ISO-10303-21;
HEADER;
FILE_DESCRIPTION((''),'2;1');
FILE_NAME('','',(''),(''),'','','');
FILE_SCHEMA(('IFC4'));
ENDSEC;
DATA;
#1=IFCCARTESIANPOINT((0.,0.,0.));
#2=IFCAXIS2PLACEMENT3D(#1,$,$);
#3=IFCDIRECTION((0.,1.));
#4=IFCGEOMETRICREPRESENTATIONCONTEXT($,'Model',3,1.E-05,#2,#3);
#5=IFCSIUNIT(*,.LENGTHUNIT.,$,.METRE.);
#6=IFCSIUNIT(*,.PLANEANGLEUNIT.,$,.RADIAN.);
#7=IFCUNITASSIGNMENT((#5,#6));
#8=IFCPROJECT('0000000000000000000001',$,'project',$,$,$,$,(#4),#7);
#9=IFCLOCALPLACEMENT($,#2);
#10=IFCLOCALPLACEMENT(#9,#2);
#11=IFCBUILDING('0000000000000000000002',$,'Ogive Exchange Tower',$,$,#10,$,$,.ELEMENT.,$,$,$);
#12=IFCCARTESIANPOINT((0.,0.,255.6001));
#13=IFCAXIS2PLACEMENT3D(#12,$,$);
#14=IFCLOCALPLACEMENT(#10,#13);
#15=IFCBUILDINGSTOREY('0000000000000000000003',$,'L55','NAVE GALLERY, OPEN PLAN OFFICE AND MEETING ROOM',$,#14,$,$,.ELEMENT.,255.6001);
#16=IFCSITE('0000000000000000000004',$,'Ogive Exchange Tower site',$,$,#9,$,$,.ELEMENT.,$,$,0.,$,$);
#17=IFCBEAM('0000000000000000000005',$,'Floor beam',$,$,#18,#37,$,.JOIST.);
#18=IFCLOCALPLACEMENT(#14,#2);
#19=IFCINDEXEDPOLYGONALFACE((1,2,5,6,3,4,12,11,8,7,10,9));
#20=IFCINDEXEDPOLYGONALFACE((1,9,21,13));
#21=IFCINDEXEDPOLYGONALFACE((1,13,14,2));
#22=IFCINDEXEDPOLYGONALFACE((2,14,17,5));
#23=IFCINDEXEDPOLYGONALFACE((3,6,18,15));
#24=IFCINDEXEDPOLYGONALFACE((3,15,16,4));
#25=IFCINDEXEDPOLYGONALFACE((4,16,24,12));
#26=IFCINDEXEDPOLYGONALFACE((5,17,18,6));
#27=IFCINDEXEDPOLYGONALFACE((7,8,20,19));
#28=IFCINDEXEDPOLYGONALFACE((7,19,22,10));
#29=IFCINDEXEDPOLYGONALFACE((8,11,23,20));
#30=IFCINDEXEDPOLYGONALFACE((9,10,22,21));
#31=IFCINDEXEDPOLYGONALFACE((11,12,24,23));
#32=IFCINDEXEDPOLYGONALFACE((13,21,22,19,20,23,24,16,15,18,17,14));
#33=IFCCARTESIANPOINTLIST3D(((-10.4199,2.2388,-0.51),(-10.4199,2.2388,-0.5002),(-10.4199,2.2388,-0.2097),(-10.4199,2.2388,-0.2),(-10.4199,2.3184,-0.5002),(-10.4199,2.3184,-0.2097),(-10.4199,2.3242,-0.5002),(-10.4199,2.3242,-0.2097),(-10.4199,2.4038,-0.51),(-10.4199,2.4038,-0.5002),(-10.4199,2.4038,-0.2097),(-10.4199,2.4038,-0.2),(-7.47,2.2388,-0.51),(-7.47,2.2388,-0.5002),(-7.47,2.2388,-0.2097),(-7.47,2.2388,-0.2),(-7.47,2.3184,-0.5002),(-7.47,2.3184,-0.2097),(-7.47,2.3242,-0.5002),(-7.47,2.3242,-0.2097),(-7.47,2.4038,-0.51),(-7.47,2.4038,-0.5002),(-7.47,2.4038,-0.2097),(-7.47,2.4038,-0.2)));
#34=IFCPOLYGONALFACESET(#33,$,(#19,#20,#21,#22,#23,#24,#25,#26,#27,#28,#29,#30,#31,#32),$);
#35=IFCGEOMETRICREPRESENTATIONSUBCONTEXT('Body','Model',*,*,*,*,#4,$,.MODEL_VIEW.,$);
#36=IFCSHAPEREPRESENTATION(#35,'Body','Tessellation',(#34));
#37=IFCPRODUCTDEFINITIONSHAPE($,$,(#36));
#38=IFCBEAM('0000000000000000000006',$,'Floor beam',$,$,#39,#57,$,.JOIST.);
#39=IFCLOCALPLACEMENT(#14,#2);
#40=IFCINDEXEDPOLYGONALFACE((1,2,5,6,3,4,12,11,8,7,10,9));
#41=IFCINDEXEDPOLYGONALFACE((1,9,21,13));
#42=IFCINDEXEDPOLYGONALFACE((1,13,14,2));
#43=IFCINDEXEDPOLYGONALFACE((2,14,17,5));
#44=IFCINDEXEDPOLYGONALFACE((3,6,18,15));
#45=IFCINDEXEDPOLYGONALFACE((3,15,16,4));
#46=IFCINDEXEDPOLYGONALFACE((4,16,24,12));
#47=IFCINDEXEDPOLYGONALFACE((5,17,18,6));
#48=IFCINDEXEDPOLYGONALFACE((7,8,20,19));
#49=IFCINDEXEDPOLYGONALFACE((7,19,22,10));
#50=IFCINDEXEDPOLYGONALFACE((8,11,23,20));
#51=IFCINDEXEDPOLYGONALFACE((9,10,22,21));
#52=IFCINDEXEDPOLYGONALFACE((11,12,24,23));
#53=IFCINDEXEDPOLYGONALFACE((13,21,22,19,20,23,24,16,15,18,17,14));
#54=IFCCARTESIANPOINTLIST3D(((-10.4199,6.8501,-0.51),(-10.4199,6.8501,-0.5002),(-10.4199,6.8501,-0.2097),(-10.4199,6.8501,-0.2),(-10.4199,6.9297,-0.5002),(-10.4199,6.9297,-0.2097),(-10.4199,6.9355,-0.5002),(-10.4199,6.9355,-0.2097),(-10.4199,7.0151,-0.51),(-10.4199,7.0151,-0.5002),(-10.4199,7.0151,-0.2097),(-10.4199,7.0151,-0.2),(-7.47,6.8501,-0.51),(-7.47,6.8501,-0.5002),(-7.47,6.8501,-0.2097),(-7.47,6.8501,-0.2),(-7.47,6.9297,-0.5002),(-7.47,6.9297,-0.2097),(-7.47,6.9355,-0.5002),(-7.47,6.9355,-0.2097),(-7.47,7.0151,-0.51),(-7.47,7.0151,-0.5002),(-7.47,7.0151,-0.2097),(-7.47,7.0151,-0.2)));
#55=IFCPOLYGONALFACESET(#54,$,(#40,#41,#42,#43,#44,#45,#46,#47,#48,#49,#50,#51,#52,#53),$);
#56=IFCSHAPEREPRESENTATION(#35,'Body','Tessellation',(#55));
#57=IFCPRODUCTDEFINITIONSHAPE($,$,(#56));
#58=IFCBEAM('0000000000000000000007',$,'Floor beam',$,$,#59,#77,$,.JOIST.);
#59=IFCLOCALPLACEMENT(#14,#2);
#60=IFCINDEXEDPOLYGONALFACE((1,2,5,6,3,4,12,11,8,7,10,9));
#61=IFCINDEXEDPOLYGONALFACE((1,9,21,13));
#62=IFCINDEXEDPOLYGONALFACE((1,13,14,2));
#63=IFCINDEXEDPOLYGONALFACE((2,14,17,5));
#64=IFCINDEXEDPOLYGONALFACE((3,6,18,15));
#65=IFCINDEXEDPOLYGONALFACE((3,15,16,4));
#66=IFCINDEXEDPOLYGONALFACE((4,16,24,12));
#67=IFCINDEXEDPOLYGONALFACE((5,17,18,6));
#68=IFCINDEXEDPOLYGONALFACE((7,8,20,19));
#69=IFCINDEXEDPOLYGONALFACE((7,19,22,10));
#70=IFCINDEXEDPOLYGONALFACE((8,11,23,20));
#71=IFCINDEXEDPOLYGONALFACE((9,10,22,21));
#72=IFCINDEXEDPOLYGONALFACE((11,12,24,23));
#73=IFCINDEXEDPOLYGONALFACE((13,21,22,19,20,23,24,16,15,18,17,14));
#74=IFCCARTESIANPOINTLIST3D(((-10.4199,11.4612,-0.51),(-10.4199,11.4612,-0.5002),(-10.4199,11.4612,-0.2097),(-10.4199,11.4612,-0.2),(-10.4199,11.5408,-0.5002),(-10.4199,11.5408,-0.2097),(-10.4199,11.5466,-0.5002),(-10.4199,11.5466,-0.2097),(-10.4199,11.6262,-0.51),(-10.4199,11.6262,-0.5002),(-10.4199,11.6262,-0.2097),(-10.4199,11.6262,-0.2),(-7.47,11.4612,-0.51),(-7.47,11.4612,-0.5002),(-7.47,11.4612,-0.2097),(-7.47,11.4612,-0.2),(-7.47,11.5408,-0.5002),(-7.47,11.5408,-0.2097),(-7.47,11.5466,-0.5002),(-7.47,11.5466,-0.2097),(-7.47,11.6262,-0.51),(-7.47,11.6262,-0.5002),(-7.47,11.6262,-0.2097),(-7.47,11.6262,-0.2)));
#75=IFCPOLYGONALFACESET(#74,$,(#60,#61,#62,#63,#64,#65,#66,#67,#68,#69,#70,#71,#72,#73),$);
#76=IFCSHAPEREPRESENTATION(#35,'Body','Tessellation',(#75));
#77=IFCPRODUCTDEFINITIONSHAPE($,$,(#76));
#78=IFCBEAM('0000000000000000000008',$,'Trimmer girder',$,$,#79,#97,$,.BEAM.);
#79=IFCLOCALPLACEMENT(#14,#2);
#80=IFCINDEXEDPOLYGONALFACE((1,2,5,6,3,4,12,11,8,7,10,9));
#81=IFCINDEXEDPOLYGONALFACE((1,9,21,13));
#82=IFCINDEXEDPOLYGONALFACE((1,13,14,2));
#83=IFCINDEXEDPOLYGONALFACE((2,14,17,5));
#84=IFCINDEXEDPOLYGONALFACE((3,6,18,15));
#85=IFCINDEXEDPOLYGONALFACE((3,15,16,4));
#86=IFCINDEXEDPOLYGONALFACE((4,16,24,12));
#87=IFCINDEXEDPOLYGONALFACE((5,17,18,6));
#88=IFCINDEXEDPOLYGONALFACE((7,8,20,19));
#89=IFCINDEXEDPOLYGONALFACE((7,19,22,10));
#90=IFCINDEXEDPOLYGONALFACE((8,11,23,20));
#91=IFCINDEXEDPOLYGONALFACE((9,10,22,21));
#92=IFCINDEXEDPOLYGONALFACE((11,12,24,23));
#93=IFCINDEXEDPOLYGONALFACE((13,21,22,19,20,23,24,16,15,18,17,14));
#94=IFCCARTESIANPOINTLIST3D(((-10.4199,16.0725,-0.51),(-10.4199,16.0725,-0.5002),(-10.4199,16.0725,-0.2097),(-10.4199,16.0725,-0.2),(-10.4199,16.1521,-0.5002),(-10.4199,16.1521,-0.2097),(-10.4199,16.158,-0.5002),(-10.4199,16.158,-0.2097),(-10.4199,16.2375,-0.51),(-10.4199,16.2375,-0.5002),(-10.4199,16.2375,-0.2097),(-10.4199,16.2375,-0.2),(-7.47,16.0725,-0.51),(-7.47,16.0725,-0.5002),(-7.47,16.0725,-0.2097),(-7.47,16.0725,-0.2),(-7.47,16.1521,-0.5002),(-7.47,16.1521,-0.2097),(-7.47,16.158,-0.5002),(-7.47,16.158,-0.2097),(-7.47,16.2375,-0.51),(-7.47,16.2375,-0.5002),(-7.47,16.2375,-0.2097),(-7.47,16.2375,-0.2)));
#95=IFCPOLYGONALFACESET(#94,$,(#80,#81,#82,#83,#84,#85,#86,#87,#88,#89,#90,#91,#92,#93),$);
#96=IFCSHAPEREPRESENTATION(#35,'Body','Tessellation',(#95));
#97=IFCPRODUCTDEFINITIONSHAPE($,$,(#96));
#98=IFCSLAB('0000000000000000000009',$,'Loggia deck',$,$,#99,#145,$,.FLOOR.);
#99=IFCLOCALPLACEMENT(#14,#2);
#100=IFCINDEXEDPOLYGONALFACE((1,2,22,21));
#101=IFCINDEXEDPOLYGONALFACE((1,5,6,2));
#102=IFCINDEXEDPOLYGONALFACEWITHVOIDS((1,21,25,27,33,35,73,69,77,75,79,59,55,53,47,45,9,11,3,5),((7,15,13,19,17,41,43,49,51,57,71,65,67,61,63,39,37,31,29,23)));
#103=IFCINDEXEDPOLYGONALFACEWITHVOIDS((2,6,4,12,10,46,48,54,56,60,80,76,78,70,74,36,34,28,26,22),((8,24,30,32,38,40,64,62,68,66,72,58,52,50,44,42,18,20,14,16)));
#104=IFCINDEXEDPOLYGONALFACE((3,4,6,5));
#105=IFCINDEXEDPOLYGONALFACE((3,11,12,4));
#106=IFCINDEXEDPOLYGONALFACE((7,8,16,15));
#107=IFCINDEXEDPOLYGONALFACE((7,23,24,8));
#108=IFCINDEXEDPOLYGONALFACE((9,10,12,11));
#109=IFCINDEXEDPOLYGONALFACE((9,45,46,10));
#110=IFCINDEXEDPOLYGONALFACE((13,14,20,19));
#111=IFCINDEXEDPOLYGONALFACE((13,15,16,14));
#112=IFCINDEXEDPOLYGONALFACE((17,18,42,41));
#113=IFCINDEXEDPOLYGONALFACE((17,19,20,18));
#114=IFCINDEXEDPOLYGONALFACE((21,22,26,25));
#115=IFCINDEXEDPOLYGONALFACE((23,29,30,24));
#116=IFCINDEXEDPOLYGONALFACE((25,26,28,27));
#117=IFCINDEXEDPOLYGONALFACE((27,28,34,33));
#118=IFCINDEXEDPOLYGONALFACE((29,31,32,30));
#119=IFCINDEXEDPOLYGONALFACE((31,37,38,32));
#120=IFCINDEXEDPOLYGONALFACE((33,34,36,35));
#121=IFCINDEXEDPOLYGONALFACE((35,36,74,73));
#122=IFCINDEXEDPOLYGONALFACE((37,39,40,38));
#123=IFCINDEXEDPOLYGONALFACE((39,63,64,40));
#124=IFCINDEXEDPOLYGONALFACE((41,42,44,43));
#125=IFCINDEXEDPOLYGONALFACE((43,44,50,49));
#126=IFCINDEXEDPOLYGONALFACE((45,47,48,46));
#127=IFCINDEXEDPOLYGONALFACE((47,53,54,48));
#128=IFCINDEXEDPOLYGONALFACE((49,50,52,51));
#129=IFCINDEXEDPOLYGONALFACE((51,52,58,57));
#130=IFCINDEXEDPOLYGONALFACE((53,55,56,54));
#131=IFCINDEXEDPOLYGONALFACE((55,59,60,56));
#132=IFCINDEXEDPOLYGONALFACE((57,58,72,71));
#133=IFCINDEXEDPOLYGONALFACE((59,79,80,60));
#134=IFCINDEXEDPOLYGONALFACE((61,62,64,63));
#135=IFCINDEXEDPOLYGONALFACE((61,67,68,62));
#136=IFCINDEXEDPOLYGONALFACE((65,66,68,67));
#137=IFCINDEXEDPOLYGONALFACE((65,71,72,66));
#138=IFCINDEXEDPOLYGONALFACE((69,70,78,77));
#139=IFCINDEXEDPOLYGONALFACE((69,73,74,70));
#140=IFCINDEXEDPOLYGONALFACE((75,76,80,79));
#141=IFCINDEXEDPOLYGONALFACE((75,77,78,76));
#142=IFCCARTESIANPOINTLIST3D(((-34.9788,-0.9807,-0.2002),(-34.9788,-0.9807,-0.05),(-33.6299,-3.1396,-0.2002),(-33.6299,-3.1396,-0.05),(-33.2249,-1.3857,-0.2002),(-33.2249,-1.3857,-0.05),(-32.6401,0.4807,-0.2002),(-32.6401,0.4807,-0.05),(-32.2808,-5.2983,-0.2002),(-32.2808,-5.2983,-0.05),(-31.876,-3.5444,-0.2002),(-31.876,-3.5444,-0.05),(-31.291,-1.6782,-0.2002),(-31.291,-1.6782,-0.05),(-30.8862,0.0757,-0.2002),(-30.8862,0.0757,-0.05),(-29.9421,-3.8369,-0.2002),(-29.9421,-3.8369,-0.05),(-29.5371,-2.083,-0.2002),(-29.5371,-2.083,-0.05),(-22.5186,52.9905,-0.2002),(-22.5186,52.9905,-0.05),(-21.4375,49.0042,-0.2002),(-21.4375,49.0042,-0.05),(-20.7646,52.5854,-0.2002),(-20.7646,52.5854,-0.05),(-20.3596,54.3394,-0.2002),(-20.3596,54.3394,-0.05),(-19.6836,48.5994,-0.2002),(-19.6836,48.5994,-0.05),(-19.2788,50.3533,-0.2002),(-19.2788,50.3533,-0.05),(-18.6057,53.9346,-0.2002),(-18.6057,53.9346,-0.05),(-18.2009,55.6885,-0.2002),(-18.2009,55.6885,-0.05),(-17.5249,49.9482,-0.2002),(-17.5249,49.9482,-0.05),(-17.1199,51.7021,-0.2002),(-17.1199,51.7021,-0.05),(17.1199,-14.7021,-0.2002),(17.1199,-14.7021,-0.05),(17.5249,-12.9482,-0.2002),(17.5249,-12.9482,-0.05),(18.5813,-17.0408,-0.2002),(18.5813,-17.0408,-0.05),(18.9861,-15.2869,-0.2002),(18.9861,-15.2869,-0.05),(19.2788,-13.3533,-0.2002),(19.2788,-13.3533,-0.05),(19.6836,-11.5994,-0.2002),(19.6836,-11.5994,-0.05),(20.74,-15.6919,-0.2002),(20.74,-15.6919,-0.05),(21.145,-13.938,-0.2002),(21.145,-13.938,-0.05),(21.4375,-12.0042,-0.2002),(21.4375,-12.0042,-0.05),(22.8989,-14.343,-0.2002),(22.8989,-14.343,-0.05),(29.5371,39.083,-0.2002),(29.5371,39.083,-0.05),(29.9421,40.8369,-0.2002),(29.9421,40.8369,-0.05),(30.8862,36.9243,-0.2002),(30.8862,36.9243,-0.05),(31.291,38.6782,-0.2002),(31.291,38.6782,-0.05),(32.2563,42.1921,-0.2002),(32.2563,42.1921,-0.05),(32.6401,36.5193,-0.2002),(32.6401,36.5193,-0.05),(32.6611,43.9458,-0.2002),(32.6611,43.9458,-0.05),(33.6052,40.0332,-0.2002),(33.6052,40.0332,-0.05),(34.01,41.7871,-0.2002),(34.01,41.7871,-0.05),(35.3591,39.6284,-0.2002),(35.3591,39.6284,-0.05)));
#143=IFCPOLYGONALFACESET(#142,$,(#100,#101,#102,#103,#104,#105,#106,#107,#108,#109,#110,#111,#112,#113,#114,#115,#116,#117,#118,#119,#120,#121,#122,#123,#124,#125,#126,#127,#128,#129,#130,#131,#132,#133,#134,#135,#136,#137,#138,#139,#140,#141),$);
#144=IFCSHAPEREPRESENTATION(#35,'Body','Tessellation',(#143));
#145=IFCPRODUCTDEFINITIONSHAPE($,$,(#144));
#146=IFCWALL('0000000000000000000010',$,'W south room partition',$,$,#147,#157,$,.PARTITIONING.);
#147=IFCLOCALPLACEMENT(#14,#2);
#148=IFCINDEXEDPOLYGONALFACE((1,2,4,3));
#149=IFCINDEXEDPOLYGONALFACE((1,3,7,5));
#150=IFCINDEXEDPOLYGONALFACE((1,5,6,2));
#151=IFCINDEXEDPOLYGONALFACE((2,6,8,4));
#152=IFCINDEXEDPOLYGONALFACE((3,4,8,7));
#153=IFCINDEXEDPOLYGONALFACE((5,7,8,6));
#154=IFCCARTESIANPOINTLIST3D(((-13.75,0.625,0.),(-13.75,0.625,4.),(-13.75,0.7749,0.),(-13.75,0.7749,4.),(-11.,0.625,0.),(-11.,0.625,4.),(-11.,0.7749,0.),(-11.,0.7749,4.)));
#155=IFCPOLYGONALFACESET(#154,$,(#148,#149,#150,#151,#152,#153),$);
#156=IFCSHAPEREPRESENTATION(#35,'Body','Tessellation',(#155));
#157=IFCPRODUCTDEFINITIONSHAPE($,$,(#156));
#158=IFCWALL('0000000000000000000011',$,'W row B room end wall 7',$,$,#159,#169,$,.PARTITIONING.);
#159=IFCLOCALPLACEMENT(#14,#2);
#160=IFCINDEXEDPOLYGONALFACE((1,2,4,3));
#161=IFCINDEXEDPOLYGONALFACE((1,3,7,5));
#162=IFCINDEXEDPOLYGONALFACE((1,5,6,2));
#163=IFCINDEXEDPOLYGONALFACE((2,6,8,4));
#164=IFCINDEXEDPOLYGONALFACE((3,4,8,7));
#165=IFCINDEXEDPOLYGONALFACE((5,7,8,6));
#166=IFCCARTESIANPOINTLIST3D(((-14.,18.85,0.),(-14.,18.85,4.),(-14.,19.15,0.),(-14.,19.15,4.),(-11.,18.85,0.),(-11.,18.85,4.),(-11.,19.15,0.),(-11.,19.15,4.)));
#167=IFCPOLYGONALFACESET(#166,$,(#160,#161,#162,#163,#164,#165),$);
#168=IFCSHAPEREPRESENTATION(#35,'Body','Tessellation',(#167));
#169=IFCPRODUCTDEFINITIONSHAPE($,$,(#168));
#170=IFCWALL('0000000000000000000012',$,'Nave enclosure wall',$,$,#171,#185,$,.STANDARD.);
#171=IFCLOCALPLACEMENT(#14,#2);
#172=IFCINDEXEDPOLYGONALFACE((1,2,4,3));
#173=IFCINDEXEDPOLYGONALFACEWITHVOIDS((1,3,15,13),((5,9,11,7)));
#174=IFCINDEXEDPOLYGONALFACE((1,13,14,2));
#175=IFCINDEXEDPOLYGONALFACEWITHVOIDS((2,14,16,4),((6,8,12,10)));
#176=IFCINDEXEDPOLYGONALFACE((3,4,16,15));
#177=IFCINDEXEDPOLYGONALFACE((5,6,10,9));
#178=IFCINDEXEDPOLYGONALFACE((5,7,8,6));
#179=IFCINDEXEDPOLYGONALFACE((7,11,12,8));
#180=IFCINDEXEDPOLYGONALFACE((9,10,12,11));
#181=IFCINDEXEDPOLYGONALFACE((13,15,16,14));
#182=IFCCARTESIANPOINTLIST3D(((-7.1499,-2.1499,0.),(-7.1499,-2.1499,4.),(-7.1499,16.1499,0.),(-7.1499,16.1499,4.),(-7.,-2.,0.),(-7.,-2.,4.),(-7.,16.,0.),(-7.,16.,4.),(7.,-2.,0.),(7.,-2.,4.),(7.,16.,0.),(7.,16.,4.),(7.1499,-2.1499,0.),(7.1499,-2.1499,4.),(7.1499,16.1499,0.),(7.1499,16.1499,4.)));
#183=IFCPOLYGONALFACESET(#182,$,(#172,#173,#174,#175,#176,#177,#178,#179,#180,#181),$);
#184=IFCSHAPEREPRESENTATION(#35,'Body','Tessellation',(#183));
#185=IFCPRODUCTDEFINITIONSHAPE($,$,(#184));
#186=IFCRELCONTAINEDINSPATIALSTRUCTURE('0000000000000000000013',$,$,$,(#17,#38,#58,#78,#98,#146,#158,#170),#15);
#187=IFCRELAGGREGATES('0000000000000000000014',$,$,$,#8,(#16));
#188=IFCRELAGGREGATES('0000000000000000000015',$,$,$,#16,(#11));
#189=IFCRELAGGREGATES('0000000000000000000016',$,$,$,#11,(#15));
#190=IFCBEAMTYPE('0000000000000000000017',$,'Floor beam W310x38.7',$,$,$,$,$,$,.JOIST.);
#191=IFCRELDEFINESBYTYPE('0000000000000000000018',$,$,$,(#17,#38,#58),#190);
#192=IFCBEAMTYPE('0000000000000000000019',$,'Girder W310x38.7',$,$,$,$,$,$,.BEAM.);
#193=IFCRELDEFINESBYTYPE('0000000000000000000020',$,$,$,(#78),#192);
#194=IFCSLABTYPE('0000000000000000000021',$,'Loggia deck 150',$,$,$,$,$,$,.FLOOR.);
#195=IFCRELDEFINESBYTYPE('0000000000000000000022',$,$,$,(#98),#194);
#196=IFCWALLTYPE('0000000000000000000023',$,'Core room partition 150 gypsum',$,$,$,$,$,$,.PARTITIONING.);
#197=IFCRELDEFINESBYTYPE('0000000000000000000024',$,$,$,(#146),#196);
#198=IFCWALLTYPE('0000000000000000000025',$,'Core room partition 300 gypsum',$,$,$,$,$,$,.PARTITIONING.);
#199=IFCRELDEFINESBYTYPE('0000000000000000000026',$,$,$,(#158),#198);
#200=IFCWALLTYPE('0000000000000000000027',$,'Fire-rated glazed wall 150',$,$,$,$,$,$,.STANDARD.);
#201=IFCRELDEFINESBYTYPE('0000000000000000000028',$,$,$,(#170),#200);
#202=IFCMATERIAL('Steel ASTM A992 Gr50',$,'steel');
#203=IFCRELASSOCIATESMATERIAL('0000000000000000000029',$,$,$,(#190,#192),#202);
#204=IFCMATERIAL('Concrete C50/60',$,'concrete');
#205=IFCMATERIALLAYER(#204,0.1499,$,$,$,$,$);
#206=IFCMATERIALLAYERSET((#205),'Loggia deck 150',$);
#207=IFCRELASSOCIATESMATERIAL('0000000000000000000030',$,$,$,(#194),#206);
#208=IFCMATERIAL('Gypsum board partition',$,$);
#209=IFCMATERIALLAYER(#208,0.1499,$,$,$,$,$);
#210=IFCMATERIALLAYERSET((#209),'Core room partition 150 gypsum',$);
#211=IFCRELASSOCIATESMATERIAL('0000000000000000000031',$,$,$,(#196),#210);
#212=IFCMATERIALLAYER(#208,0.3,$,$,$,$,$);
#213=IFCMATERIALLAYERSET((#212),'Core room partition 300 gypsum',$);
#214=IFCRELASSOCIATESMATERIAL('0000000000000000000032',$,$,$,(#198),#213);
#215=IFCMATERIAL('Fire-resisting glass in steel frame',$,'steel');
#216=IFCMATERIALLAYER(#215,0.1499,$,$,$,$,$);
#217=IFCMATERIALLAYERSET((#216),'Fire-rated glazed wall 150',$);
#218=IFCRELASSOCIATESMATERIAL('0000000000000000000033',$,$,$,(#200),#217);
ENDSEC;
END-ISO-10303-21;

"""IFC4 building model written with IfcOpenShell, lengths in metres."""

from ifc_helpers import new_model, si_unit, direction, frame, frame_2d, origin, origin_2d, place, context, subcontext, project, spatial, polyline, rectangle, i_section, outline, extrude, material, layer, layer_set, material_profile, profile_set, type_object, element, save


model = new_model("IFC4")

# Units and contexts
model_context = context("Model", 3, precision=1e-05, world=origin(), true_north=direction((0.0, 1.0)))
body_context = subcontext(model_context, "Body", "Model", "MODEL_VIEW")
ifc_project = project(units=[si_unit("LENGTHUNIT", "METRE"), si_unit("PLANEANGLEUNIT", "RADIAN")], contexts=[model_context])

# Site, building, storey
site_placement = place(None, origin())
site = spatial("IfcSite", under=ifc_project, at=site_placement, Name="Ogive Exchange Tower site", CompositionType="ELEMENT", RefElevation=0.0)
building_placement = place(site_placement, origin())
building = spatial("IfcBuilding", under=site, at=building_placement, Name="Ogive Exchange Tower", CompositionType="ELEMENT")
storey_placement = place(building_placement, frame((0.0, 0.0, 255.6001)))
storey = spatial("IfcBuildingStorey", under=building, at=storey_placement, Name="L55", Description="NAVE GALLERY, OPEN PLAN OFFICE AND MEETING ROOM", CompositionType="ELEMENT", Elevation=255.6001)

# Beams
ifc_material_1 = material(Name="Steel ASTM A992 Gr50", Category="steel")
ifc_material_profile_1 = material_profile(ifc_material_1, i_section(OverallWidth=0.165, OverallDepth=0.3101, WebThickness=0.0059, FlangeThickness=0.0098, at=origin_2d()), Name="W310x38.7")
ifc_profile_set_1 = profile_set([ifc_material_profile_1], Name="Steel ASTM A992 Gr50")
beam_type_1 = type_object("IfcBeamType", Name="Floor beam W310x38.7", PredefinedType="JOIST", material=ifc_profile_set_1)
for number, where, z_axis, x_axis, name in (
    (1, (-10.4199, 2.3213, -0.355), (1.0, 0.0, 0.0), (0.0, 1.0, 0.0), "Floor beam"),
    (2, (-10.4199, 6.9326, -0.355), (1.0, 0.0, 0.0), (0.0, 1.0, 0.0), "Floor beam"),
    (3, (-10.4199, 11.5437, -0.355), (1.0, 0.0, 0.0), (0.0, 1.0, 0.0), "Floor beam"),
):
    element("IfcBeam", number, at=place(storey_placement, frame(where, z_axis=z_axis, x_axis=x_axis)), inside=storey, type_object=beam_type_1, Name=name, PredefinedType="JOIST", context=body_context, shape_type="SweptSolid", body=[
        extrude(i_section(OverallWidth=0.165, OverallDepth=0.3101, WebThickness=0.0059, FlangeThickness=0.0098, at=origin_2d()), origin(), (0.0, 0.0, 1.0), 2.95),
    ])
ifc_material_profile_2 = material_profile(ifc_material_1, i_section(OverallWidth=0.165, OverallDepth=0.3101, WebThickness=0.0059, FlangeThickness=0.0098, at=origin_2d()), Name="W310x38.7")
ifc_profile_set_2 = profile_set([ifc_material_profile_2], Name="Steel ASTM A992 Gr50")
beam_type_2 = type_object("IfcBeamType", Name="Girder W310x38.7", PredefinedType="BEAM", material=ifc_profile_set_2)
beam_placement = place(storey_placement, frame((-10.4199, 16.155, -0.355), z_axis=(1.0, 0.0, 0.0), x_axis=(0.0, 1.0, 0.0)))
element("IfcBeam", 4, at=beam_placement, inside=storey, type_object=beam_type_2, Name="Trimmer girder", PredefinedType="BEAM", context=body_context, shape_type="SweptSolid", body=[
    extrude(i_section(OverallWidth=0.165, OverallDepth=0.3101, WebThickness=0.0059, FlangeThickness=0.0098, at=origin_2d()), origin(), (0.0, 0.0, 1.0), 2.95),
])

# Slab
ifc_material_2 = material(Name="Concrete C50/60", Category="concrete")
ifc_layer_1 = layer(ifc_material_2, 0.1499)
ifc_layer_set_1 = layer_set([ifc_layer_1], Name="Loggia deck 150")
slab_type = type_object("IfcSlabType", Name="Loggia deck 150", PredefinedType="FLOOR", material=ifc_layer_set_1)
slab_placement = place(storey_placement, frame((0.0, 0.0, -0.2002)))
element("IfcSlab", 5, at=slab_placement, inside=storey, type_object=slab_type, Name="Loggia deck", PredefinedType="FLOOR", context=body_context, shape_type="SweptSolid", body=[
    extrude(outline(polyline([(-31.876, -3.5444), (-33.6299, -3.1396), (-33.2249, -1.3857), (-34.9788, -0.9807), (-22.5186, 52.9905), (-20.7646, 52.5854), (-20.3596, 54.3394), (-18.6057, 53.9346), (-18.2009, 55.6885), (32.6611, 43.9458), (32.2563, 42.1921), (34.01, 41.7871), (33.6052, 40.0332), (35.3591, 39.6284), (22.8989, -14.343), (21.145, -13.938), (20.74, -15.6919), (18.9861, -15.2869), (18.5813, -17.0408), (-32.2808, -5.2983), (-31.876, -3.5444)]), holes=[polyline([(17.5249, -12.9482), (19.2788, -13.3533), (19.6836, -11.5994), (21.4375, -12.0042), (32.6401, 36.5193), (30.8862, 36.9243), (31.291, 38.6782), (29.5371, 39.083), (29.9421, 40.8369), (-17.1199, 51.7021), (-17.5249, 49.9482), (-19.2788, 50.3533), (-19.6836, 48.5994), (-21.4375, 49.0042), (-32.6401, 0.4807), (-30.8862, 0.0757), (-31.291, -1.6782), (-29.5371, -2.083), (-29.9421, -3.8369), (17.1199, -14.7021), (17.5249, -12.9482)])]), origin(), (0.0, 0.0, 1.0), 0.1501),
])

# Walls
ifc_material_3 = material(Name="Gypsum board partition")
ifc_layer_2 = layer(ifc_material_3, 0.1499)
ifc_layer_set_2 = layer_set([ifc_layer_2], Name="Core room partition 150 gypsum")
wall_type_1 = type_object("IfcWallType", Name="Core room partition 150 gypsum", PredefinedType="PARTITIONING", material=ifc_layer_set_2)
wall_1_placement = place(storey_placement, frame((-13.75, 0.7, 0.0), z_axis=(0.0, 0.0, 1.0), x_axis=(1.0, 0.0, 0.0)))
element("IfcWall", 6, at=wall_1_placement, inside=storey, type_object=wall_type_1, Name="W south room partition", PredefinedType="PARTITIONING", context=body_context, shape_type="SweptSolid", body=[
    extrude(rectangle(XDim=2.75, YDim=0.1499, at=frame_2d((1.375, 0.0))), origin(), (0.0, 0.0, 1.0), 4.0),
])
ifc_layer_3 = layer(ifc_material_3, 0.3)
ifc_layer_set_3 = layer_set([ifc_layer_3], Name="Core room partition 300 gypsum")
wall_type_2 = type_object("IfcWallType", Name="Core room partition 300 gypsum", PredefinedType="PARTITIONING", material=ifc_layer_set_3)
wall_2_placement = place(storey_placement, frame((-14.0, 19.0, 0.0), z_axis=(0.0, 0.0, 1.0), x_axis=(1.0, 0.0, 0.0)))
element("IfcWall", 7, at=wall_2_placement, inside=storey, type_object=wall_type_2, Name="W row B room end wall 7", PredefinedType="PARTITIONING", context=body_context, shape_type="SweptSolid", body=[
    extrude(rectangle(XDim=3.0, YDim=0.3, at=frame_2d((1.5, 0.0))), origin(), (0.0, 0.0, 1.0), 4.0),
])
ifc_material_4 = material(Name="Fire-resisting glass in steel frame", Category="steel")
ifc_layer_4 = layer(ifc_material_4, 0.1499)
ifc_layer_set_4 = layer_set([ifc_layer_4], Name="Fire-rated glazed wall 150")
wall_type_3 = type_object("IfcWallType", Name="Fire-rated glazed wall 150", PredefinedType="STANDARD", material=ifc_layer_set_4)
wall_3_placement = place(storey_placement, origin())
element("IfcWall", 8, at=wall_3_placement, inside=storey, type_object=wall_type_3, Name="Nave enclosure wall", PredefinedType="STANDARD", context=body_context, shape_type="SweptSolid", body=[
    extrude(outline(polyline([(-7.1499, -2.1499), (7.1499, -2.1499), (7.1499, 16.1499), (-7.1499, 16.1499), (-7.1499, -2.1499)]), holes=[polyline([(-7.0, -2.0), (-7.0, 16.0), (7.0, 16.0), (7.0, -2.0), (-7.0, -2.0)])]), origin(), (0.0, 0.0, 1.0), 4.0),
])

save(model, "model.ifc")
